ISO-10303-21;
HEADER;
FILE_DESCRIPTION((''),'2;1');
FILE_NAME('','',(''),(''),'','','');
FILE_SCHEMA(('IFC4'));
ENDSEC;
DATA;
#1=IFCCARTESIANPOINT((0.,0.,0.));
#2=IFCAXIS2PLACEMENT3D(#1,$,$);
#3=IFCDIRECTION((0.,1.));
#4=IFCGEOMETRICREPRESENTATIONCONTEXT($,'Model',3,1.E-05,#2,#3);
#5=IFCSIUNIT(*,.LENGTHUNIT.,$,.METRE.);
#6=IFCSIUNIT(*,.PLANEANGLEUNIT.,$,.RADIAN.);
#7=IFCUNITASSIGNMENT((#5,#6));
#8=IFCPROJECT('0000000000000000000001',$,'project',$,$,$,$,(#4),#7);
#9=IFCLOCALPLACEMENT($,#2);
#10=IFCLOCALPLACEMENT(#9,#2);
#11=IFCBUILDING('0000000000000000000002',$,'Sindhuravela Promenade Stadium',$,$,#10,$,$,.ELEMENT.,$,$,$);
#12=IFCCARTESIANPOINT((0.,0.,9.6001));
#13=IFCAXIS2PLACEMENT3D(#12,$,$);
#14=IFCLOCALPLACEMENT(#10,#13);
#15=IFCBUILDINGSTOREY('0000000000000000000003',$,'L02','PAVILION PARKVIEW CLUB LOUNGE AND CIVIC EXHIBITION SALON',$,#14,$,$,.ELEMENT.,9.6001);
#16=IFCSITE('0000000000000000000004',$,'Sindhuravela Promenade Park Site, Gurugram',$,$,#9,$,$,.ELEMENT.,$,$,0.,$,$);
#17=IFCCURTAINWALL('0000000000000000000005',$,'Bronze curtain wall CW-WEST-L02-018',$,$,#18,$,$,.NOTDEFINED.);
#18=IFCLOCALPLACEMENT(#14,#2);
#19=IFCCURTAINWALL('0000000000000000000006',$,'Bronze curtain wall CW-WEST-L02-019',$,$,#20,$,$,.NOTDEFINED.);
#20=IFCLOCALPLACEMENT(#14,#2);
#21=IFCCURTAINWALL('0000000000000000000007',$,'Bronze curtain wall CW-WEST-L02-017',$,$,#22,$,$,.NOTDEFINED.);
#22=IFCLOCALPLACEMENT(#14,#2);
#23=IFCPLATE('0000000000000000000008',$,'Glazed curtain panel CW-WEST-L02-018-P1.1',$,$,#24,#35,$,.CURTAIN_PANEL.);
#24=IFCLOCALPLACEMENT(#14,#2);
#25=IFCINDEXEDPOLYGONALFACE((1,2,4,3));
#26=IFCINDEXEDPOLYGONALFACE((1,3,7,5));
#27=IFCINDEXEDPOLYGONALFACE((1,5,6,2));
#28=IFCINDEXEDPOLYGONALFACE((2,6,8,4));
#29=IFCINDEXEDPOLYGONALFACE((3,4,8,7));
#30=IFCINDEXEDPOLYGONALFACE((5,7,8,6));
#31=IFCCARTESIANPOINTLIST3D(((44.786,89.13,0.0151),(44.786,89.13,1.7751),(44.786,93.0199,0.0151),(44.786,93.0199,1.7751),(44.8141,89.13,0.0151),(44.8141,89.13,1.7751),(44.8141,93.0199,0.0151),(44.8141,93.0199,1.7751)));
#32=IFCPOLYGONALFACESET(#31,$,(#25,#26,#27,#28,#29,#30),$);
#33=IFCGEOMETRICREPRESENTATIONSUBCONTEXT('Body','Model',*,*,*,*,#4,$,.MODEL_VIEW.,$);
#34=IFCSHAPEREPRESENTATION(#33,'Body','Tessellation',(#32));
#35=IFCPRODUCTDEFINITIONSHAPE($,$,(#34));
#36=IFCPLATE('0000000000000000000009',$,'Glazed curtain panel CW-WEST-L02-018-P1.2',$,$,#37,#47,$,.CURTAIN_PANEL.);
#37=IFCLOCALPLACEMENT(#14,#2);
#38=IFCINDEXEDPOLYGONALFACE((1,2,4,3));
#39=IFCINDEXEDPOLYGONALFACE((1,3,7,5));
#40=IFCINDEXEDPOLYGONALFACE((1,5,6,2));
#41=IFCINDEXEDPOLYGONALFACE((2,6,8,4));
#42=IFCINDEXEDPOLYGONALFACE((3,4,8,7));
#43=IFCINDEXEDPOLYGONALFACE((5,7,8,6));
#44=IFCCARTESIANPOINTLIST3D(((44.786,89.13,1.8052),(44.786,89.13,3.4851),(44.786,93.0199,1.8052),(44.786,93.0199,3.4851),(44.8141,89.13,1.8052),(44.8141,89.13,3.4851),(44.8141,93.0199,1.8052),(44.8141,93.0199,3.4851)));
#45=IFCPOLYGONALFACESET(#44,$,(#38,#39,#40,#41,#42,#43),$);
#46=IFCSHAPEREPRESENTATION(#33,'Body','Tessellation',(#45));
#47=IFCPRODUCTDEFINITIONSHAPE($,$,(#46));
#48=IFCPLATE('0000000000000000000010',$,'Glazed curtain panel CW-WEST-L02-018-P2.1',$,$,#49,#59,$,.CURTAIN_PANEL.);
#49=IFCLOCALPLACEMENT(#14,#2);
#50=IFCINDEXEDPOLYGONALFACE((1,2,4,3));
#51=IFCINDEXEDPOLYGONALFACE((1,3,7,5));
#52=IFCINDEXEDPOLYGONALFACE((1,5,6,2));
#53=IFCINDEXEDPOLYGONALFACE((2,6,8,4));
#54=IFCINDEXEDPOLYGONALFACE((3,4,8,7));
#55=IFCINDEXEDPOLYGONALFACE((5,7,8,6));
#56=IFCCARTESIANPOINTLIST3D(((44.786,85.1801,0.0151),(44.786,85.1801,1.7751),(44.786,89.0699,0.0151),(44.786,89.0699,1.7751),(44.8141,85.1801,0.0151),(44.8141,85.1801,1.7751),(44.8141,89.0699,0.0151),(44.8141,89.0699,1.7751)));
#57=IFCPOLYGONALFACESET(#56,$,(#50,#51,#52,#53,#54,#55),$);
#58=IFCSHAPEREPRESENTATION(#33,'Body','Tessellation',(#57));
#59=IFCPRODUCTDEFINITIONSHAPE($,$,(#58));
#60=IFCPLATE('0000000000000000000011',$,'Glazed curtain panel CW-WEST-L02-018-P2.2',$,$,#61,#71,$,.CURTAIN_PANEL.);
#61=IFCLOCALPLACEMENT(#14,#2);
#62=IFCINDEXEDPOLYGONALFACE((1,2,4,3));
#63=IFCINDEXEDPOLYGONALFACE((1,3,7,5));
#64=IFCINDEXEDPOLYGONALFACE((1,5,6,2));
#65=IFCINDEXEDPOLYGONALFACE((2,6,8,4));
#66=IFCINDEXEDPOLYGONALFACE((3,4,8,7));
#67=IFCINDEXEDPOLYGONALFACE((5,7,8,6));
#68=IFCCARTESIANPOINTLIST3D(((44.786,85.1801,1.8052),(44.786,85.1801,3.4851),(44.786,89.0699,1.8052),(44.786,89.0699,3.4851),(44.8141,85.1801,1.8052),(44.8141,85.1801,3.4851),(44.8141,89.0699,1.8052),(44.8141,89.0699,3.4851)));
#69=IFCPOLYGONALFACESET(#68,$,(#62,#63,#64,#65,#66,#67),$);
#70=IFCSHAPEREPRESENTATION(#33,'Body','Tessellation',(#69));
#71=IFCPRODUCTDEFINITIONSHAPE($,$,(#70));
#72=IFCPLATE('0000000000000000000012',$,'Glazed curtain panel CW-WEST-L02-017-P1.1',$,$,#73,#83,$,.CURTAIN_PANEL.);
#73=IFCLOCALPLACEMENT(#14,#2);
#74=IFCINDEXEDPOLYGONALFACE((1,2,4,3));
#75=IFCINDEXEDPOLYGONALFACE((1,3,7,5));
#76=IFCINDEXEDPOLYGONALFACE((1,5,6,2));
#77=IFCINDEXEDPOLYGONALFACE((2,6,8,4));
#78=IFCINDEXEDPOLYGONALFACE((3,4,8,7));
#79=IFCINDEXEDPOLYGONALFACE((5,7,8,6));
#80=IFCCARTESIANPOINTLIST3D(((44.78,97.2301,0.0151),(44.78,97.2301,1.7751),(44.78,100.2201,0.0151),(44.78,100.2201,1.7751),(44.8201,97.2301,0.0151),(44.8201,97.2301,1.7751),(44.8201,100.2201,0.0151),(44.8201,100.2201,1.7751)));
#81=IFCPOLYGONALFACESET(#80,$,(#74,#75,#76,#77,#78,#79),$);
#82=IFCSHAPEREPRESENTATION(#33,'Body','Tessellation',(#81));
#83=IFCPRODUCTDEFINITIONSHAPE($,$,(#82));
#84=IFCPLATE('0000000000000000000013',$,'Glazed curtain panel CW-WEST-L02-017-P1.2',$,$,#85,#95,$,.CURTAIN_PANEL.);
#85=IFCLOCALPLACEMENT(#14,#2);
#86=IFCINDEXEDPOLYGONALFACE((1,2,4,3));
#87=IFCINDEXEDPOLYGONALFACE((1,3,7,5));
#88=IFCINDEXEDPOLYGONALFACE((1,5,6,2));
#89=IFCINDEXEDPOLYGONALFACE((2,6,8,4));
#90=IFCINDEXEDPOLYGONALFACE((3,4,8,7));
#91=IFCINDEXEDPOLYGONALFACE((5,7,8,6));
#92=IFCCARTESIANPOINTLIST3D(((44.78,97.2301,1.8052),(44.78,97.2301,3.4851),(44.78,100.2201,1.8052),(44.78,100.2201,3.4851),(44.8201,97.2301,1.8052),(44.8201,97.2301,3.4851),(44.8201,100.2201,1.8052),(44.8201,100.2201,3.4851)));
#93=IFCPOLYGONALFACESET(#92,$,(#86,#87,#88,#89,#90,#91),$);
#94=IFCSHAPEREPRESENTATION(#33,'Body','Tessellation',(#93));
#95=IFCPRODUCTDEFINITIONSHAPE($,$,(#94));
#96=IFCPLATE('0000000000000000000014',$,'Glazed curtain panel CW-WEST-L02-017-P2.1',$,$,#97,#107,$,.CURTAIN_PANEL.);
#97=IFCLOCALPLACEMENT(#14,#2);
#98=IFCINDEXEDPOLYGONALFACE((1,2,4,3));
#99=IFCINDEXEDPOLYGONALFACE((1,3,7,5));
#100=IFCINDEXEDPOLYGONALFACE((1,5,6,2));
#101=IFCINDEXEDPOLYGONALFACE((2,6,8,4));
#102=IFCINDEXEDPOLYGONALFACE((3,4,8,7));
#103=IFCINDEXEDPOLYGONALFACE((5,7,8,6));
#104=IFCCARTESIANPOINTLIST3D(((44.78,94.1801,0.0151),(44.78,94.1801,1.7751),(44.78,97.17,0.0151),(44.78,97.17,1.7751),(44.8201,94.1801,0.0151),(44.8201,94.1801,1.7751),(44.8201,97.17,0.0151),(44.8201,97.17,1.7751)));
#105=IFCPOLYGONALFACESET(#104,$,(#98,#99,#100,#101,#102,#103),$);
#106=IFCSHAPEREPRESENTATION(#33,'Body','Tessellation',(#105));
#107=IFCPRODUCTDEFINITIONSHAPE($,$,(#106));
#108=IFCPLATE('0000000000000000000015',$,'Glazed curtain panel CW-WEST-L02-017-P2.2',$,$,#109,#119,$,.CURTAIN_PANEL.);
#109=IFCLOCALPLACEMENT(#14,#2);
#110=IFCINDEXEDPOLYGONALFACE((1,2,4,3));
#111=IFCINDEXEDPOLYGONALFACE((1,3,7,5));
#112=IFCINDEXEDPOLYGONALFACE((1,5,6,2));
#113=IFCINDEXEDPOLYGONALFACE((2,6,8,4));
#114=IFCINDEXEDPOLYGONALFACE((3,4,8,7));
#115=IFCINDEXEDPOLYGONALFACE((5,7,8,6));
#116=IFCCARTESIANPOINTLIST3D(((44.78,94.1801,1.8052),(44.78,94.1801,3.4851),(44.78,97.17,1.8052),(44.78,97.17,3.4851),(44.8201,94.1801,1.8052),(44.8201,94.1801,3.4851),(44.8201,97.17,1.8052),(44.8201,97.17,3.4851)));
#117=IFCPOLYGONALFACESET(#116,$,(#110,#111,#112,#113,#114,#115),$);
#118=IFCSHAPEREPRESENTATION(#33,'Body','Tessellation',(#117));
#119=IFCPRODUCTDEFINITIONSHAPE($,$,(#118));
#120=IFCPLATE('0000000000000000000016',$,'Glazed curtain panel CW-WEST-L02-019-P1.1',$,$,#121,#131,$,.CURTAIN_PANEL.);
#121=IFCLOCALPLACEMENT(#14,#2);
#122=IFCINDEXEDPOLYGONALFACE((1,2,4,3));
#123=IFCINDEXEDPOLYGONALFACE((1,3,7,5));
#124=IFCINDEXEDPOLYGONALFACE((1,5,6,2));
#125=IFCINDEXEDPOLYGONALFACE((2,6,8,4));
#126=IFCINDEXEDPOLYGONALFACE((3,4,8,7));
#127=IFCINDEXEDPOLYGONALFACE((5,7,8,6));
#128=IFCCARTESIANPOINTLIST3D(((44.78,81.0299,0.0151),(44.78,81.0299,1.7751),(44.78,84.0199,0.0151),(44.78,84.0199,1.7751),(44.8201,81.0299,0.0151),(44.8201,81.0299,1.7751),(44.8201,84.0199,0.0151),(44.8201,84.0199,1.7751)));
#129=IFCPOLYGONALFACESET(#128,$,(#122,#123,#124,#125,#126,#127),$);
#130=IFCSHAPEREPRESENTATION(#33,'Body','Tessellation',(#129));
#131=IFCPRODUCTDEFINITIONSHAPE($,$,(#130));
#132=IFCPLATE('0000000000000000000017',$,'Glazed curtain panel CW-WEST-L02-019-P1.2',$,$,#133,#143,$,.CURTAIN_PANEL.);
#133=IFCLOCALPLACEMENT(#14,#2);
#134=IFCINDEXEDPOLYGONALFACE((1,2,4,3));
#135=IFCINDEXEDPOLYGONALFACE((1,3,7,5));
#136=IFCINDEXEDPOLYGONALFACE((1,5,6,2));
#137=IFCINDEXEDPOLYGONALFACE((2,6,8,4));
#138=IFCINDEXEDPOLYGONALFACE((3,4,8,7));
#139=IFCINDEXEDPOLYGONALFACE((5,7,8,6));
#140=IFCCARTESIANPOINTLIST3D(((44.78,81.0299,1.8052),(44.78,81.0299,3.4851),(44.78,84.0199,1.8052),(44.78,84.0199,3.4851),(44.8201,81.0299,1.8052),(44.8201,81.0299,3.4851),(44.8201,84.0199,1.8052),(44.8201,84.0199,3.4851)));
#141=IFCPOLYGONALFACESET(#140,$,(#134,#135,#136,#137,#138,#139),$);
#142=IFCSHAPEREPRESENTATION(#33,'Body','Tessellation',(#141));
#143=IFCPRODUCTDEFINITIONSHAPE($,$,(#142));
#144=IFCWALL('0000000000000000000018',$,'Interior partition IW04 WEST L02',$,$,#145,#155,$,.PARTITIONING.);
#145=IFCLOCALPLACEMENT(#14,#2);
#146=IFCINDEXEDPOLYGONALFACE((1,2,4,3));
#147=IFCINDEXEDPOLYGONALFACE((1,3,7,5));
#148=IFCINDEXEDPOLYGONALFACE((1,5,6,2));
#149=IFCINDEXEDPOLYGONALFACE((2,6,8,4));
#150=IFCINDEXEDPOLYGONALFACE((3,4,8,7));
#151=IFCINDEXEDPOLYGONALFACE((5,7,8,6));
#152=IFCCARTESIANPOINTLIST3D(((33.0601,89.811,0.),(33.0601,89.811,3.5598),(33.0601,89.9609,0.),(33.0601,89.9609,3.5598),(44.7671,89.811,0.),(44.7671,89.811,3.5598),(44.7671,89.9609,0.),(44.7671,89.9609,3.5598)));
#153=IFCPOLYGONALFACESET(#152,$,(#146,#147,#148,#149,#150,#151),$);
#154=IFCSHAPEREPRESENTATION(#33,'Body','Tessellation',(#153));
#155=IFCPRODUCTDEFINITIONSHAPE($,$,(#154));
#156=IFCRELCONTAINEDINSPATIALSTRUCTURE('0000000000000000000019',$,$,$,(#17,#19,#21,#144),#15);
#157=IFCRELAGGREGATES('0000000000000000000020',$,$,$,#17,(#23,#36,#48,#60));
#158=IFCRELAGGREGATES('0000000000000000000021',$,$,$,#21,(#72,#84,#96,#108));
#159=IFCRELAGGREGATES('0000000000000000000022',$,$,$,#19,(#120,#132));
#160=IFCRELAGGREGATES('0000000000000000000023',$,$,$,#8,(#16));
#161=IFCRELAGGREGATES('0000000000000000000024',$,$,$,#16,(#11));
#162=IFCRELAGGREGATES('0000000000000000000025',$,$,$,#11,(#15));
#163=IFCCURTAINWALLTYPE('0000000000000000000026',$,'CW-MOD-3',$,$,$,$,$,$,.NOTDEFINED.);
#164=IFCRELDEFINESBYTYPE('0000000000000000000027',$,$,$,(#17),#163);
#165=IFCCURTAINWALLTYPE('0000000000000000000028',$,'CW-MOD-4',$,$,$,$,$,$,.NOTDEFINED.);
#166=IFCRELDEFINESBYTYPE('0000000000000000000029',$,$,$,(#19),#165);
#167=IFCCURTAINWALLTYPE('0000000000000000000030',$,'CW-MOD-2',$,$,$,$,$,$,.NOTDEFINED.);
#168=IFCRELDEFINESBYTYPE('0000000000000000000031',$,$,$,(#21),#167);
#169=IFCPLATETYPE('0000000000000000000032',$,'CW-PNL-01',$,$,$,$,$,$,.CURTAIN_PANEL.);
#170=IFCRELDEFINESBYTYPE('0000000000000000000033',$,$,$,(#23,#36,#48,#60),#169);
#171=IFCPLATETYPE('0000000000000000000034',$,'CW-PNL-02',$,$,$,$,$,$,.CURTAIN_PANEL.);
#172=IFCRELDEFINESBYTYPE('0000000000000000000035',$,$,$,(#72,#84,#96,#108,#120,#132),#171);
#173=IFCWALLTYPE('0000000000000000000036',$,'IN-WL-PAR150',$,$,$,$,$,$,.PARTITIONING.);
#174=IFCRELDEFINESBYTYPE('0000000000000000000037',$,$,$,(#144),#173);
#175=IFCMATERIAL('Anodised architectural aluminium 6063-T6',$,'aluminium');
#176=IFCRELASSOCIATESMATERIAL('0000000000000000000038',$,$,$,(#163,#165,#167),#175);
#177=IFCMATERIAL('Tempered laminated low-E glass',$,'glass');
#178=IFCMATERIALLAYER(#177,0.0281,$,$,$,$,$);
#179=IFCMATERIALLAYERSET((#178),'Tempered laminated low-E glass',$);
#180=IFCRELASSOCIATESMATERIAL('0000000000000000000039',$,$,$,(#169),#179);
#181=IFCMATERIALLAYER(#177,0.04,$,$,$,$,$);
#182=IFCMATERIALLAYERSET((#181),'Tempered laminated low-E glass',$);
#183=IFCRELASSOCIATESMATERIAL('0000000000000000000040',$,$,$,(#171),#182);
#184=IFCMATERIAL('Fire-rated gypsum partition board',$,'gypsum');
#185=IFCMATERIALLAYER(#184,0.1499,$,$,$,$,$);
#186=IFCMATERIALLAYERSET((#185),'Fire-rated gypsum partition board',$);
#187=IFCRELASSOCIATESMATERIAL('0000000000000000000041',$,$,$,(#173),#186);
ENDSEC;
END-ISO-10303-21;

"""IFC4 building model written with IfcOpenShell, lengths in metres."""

from ifc_helpers import new_model, si_unit, direction, frame, frame_2d, origin, origin_2d, place, context, subcontext, project, spatial, rectangle, extrude, material, layer, layer_set, type_object, element, aggregate, save


model = new_model("IFC4")

# Units and contexts
model_context = context("Model", 3, precision=1e-05, world=origin(), true_north=direction((0.0, 1.0)))
body_context = subcontext(model_context, "Body", "Model", "MODEL_VIEW")
ifc_project = project(units=[si_unit("LENGTHUNIT", "METRE"), si_unit("PLANEANGLEUNIT", "RADIAN")], contexts=[model_context])

# Site, building, storey
site_placement = place(None, origin())
site = spatial("IfcSite", under=ifc_project, at=site_placement, Name="Sindhuravela Promenade Park Site, Gurugram", CompositionType="ELEMENT", RefElevation=0.0)
building_placement = place(site_placement, origin())
building = spatial("IfcBuilding", under=site, at=building_placement, Name="Sindhuravela Promenade Stadium", CompositionType="ELEMENT")
storey_placement = place(building_placement, frame((0.0, 0.0, 9.6001)))
storey = spatial("IfcBuildingStorey", under=building, at=storey_placement, Name="L02", Description="PAVILION PARKVIEW CLUB LOUNGE AND CIVIC EXHIBITION SALON", CompositionType="ELEMENT", Elevation=9.6001)

# Curtain wall
ifc_material_1 = material(Name="Anodised architectural aluminium 6063-T6", Category="aluminium")
curtain_wall_type_1 = type_object("IfcCurtainWallType", Name="CW-MOD-3", PredefinedType="NOTDEFINED", material=ifc_material_1)
curtain_wall_1_placement = place(storey_placement, origin())
curtain_wall_1 = element("IfcCurtainWall", 1, at=curtain_wall_1_placement, inside=storey, type_object=curtain_wall_type_1, Name="Bronze curtain wall CW-WEST-L02-018", PredefinedType="NOTDEFINED")

# Curtain wall
curtain_wall_type_2 = type_object("IfcCurtainWallType", Name="CW-MOD-4", PredefinedType="NOTDEFINED", material=ifc_material_1)
curtain_wall_2_placement = place(storey_placement, origin())
curtain_wall_2 = element("IfcCurtainWall", 2, at=curtain_wall_2_placement, inside=storey, type_object=curtain_wall_type_2, Name="Bronze curtain wall CW-WEST-L02-019", PredefinedType="NOTDEFINED")

# Curtain wall
curtain_wall_type_3 = type_object("IfcCurtainWallType", Name="CW-MOD-2", PredefinedType="NOTDEFINED", material=ifc_material_1)
curtain_wall_3_placement = place(storey_placement, origin())
curtain_wall_3 = element("IfcCurtainWall", 3, at=curtain_wall_3_placement, inside=storey, type_object=curtain_wall_type_3, Name="Bronze curtain wall CW-WEST-L02-017", PredefinedType="NOTDEFINED")

# Plates
ifc_material_2 = material(Name="Tempered laminated low-E glass", Category="glass")
ifc_layer_1 = layer(ifc_material_2, 0.0281)
ifc_layer_set_1 = layer_set([ifc_layer_1], Name="Tempered laminated low-E glass")
plate_type_1 = type_object("IfcPlateType", Name="CW-PNL-01", PredefinedType="CURTAIN_PANEL", material=ifc_layer_set_1)
plate_1_placement = place(storey_placement, frame((44.8, 91.075, 0.0151), z_axis=(0.0, 0.0, 1.0), x_axis=(0.0, -1.0, 0.0)))
plate_1 = element("IfcPlate", 4, at=plate_1_placement, type_object=plate_type_1, Name="Glazed curtain panel CW-WEST-L02-018-P1.1", PredefinedType="CURTAIN_PANEL", context=body_context, shape_type="SweptSolid", body=[
    extrude(rectangle(XDim=3.8899, YDim=0.0281, at=origin_2d()), origin(), (0.0, 0.0, 1.0), 1.76),
])
plate_2_placement = place(storey_placement, frame((44.8, 91.075, 1.8052), z_axis=(0.0, 0.0, 1.0), x_axis=(0.0, -1.0, 0.0)))
plate_2 = element("IfcPlate", 5, at=plate_2_placement, type_object=plate_type_1, Name="Glazed curtain panel CW-WEST-L02-018-P1.2", PredefinedType="CURTAIN_PANEL", context=body_context, shape_type="SweptSolid", body=[
    extrude(rectangle(XDim=3.8899, YDim=0.0281, at=origin_2d()), origin(), (0.0, 0.0, 1.0), 1.6799),
])
plate_3_placement = place(storey_placement, frame((44.8, 87.125, 0.0151), z_axis=(0.0, 0.0, 1.0), x_axis=(0.0, -1.0, 0.0)))
plate_3 = element("IfcPlate", 6, at=plate_3_placement, type_object=plate_type_1, Name="Glazed curtain panel CW-WEST-L02-018-P2.1", PredefinedType="CURTAIN_PANEL", context=body_context, shape_type="SweptSolid", body=[
    extrude(rectangle(XDim=3.8899, YDim=0.0281, at=origin_2d()), origin(), (0.0, 0.0, 1.0), 1.76),
])
plate_4_placement = place(storey_placement, frame((44.8, 87.125, 1.8052), z_axis=(0.0, 0.0, 1.0), x_axis=(0.0, -1.0, 0.0)))
plate_4 = element("IfcPlate", 7, at=plate_4_placement, type_object=plate_type_1, Name="Glazed curtain panel CW-WEST-L02-018-P2.2", PredefinedType="CURTAIN_PANEL", context=body_context, shape_type="SweptSolid", body=[
    extrude(rectangle(XDim=3.8899, YDim=0.0281, at=origin_2d()), origin(), (0.0, 0.0, 1.0), 1.6799),
])
aggregate(curtain_wall_1, [plate_1, plate_2, plate_3, plate_4])
ifc_layer_2 = layer(ifc_material_2, 0.04)
ifc_layer_set_2 = layer_set([ifc_layer_2], Name="Tempered laminated low-E glass")
plate_type_2 = type_object("IfcPlateType", Name="CW-PNL-02", PredefinedType="CURTAIN_PANEL", material=ifc_layer_set_2)
plate_5_placement = place(storey_placement, frame((44.8, 98.7251, 0.0151), z_axis=(0.0, 0.0, 1.0), x_axis=(0.0, -1.0, 0.0)))
plate_5 = element("IfcPlate", 8, at=plate_5_placement, type_object=plate_type_2, Name="Glazed curtain panel CW-WEST-L02-017-P1.1", PredefinedType="CURTAIN_PANEL", context=body_context, shape_type="SweptSolid", body=[
    extrude(rectangle(XDim=2.99, YDim=0.04, at=origin_2d()), origin(), (0.0, 0.0, 1.0), 1.76),
])
plate_6_placement = place(storey_placement, frame((44.8, 98.7251, 1.8052), z_axis=(0.0, 0.0, 1.0), x_axis=(0.0, -1.0, 0.0)))
plate_6 = element("IfcPlate", 9, at=plate_6_placement, type_object=plate_type_2, Name="Glazed curtain panel CW-WEST-L02-017-P1.2", PredefinedType="CURTAIN_PANEL", context=body_context, shape_type="SweptSolid", body=[
    extrude(rectangle(XDim=2.99, YDim=0.04, at=origin_2d()), origin(), (0.0, 0.0, 1.0), 1.6799),
])
plate_7_placement = place(storey_placement, frame((44.8, 95.675, 0.0151), z_axis=(0.0, 0.0, 1.0), x_axis=(0.0, -1.0, 0.0)))
plate_7 = element("IfcPlate", 10, at=plate_7_placement, type_object=plate_type_2, Name="Glazed curtain panel CW-WEST-L02-017-P2.1", PredefinedType="CURTAIN_PANEL", context=body_context, shape_type="SweptSolid", body=[
    extrude(rectangle(XDim=2.99, YDim=0.04, at=origin_2d()), origin(), (0.0, 0.0, 1.0), 1.76),
])
plate_8_placement = place(storey_placement, frame((44.8, 95.675, 1.8052), z_axis=(0.0, 0.0, 1.0), x_axis=(0.0, -1.0, 0.0)))
plate_8 = element("IfcPlate", 11, at=plate_8_placement, type_object=plate_type_2, Name="Glazed curtain panel CW-WEST-L02-017-P2.2", PredefinedType="CURTAIN_PANEL", context=body_context, shape_type="SweptSolid", body=[
    extrude(rectangle(XDim=2.99, YDim=0.04, at=origin_2d()), origin(), (0.0, 0.0, 1.0), 1.6799),
])
aggregate(curtain_wall_3, [plate_5, plate_6, plate_7, plate_8])
plate_9_placement = place(storey_placement, frame((44.8, 82.5249, 0.0151), z_axis=(0.0, 0.0, 1.0), x_axis=(0.0, -1.0, 0.0)))
plate_9 = element("IfcPlate", 12, at=plate_9_placement, type_object=plate_type_2, Name="Glazed curtain panel CW-WEST-L02-019-P1.1", PredefinedType="CURTAIN_PANEL", context=body_context, shape_type="SweptSolid", body=[
    extrude(rectangle(XDim=2.99, YDim=0.04, at=origin_2d()), origin(), (0.0, 0.0, 1.0), 1.76),
])
plate_10_placement = place(storey_placement, frame((44.8, 82.5249, 1.8052), z_axis=(0.0, 0.0, 1.0), x_axis=(0.0, -1.0, 0.0)))
plate_10 = element("IfcPlate", 13, at=plate_10_placement, type_object=plate_type_2, Name="Glazed curtain panel CW-WEST-L02-019-P1.2", PredefinedType="CURTAIN_PANEL", context=body_context, shape_type="SweptSolid", body=[
    extrude(rectangle(XDim=2.99, YDim=0.04, at=origin_2d()), origin(), (0.0, 0.0, 1.0), 1.6799),
])
aggregate(curtain_wall_2, [plate_9, plate_10])

# Wall
ifc_material_3 = material(Name="Fire-rated gypsum partition board", Category="gypsum")
ifc_layer_3 = layer(ifc_material_3, 0.1499)
ifc_layer_set_3 = layer_set([ifc_layer_3], Name="Fire-rated gypsum partition board")
wall_type = type_object("IfcWallType", Name="IN-WL-PAR150", PredefinedType="PARTITIONING", material=ifc_layer_set_3)
wall_placement = place(storey_placement, frame((44.7671, 89.886, 0.0), z_axis=(0.0, 0.0, 1.0), x_axis=(-1.0, 0.0, 0.0)))
element("IfcWall", 14, at=wall_placement, inside=storey, type_object=wall_type, Name="Interior partition IW04 WEST L02", PredefinedType="PARTITIONING", context=body_context, shape_type="SweptSolid", body=[
    extrude(rectangle(XDim=11.707, YDim=0.1499, at=frame_2d((5.8535, 0.0))), origin(), (0.0, 0.0, 1.0), 3.5598),
])

save(model, "model.ifc")
